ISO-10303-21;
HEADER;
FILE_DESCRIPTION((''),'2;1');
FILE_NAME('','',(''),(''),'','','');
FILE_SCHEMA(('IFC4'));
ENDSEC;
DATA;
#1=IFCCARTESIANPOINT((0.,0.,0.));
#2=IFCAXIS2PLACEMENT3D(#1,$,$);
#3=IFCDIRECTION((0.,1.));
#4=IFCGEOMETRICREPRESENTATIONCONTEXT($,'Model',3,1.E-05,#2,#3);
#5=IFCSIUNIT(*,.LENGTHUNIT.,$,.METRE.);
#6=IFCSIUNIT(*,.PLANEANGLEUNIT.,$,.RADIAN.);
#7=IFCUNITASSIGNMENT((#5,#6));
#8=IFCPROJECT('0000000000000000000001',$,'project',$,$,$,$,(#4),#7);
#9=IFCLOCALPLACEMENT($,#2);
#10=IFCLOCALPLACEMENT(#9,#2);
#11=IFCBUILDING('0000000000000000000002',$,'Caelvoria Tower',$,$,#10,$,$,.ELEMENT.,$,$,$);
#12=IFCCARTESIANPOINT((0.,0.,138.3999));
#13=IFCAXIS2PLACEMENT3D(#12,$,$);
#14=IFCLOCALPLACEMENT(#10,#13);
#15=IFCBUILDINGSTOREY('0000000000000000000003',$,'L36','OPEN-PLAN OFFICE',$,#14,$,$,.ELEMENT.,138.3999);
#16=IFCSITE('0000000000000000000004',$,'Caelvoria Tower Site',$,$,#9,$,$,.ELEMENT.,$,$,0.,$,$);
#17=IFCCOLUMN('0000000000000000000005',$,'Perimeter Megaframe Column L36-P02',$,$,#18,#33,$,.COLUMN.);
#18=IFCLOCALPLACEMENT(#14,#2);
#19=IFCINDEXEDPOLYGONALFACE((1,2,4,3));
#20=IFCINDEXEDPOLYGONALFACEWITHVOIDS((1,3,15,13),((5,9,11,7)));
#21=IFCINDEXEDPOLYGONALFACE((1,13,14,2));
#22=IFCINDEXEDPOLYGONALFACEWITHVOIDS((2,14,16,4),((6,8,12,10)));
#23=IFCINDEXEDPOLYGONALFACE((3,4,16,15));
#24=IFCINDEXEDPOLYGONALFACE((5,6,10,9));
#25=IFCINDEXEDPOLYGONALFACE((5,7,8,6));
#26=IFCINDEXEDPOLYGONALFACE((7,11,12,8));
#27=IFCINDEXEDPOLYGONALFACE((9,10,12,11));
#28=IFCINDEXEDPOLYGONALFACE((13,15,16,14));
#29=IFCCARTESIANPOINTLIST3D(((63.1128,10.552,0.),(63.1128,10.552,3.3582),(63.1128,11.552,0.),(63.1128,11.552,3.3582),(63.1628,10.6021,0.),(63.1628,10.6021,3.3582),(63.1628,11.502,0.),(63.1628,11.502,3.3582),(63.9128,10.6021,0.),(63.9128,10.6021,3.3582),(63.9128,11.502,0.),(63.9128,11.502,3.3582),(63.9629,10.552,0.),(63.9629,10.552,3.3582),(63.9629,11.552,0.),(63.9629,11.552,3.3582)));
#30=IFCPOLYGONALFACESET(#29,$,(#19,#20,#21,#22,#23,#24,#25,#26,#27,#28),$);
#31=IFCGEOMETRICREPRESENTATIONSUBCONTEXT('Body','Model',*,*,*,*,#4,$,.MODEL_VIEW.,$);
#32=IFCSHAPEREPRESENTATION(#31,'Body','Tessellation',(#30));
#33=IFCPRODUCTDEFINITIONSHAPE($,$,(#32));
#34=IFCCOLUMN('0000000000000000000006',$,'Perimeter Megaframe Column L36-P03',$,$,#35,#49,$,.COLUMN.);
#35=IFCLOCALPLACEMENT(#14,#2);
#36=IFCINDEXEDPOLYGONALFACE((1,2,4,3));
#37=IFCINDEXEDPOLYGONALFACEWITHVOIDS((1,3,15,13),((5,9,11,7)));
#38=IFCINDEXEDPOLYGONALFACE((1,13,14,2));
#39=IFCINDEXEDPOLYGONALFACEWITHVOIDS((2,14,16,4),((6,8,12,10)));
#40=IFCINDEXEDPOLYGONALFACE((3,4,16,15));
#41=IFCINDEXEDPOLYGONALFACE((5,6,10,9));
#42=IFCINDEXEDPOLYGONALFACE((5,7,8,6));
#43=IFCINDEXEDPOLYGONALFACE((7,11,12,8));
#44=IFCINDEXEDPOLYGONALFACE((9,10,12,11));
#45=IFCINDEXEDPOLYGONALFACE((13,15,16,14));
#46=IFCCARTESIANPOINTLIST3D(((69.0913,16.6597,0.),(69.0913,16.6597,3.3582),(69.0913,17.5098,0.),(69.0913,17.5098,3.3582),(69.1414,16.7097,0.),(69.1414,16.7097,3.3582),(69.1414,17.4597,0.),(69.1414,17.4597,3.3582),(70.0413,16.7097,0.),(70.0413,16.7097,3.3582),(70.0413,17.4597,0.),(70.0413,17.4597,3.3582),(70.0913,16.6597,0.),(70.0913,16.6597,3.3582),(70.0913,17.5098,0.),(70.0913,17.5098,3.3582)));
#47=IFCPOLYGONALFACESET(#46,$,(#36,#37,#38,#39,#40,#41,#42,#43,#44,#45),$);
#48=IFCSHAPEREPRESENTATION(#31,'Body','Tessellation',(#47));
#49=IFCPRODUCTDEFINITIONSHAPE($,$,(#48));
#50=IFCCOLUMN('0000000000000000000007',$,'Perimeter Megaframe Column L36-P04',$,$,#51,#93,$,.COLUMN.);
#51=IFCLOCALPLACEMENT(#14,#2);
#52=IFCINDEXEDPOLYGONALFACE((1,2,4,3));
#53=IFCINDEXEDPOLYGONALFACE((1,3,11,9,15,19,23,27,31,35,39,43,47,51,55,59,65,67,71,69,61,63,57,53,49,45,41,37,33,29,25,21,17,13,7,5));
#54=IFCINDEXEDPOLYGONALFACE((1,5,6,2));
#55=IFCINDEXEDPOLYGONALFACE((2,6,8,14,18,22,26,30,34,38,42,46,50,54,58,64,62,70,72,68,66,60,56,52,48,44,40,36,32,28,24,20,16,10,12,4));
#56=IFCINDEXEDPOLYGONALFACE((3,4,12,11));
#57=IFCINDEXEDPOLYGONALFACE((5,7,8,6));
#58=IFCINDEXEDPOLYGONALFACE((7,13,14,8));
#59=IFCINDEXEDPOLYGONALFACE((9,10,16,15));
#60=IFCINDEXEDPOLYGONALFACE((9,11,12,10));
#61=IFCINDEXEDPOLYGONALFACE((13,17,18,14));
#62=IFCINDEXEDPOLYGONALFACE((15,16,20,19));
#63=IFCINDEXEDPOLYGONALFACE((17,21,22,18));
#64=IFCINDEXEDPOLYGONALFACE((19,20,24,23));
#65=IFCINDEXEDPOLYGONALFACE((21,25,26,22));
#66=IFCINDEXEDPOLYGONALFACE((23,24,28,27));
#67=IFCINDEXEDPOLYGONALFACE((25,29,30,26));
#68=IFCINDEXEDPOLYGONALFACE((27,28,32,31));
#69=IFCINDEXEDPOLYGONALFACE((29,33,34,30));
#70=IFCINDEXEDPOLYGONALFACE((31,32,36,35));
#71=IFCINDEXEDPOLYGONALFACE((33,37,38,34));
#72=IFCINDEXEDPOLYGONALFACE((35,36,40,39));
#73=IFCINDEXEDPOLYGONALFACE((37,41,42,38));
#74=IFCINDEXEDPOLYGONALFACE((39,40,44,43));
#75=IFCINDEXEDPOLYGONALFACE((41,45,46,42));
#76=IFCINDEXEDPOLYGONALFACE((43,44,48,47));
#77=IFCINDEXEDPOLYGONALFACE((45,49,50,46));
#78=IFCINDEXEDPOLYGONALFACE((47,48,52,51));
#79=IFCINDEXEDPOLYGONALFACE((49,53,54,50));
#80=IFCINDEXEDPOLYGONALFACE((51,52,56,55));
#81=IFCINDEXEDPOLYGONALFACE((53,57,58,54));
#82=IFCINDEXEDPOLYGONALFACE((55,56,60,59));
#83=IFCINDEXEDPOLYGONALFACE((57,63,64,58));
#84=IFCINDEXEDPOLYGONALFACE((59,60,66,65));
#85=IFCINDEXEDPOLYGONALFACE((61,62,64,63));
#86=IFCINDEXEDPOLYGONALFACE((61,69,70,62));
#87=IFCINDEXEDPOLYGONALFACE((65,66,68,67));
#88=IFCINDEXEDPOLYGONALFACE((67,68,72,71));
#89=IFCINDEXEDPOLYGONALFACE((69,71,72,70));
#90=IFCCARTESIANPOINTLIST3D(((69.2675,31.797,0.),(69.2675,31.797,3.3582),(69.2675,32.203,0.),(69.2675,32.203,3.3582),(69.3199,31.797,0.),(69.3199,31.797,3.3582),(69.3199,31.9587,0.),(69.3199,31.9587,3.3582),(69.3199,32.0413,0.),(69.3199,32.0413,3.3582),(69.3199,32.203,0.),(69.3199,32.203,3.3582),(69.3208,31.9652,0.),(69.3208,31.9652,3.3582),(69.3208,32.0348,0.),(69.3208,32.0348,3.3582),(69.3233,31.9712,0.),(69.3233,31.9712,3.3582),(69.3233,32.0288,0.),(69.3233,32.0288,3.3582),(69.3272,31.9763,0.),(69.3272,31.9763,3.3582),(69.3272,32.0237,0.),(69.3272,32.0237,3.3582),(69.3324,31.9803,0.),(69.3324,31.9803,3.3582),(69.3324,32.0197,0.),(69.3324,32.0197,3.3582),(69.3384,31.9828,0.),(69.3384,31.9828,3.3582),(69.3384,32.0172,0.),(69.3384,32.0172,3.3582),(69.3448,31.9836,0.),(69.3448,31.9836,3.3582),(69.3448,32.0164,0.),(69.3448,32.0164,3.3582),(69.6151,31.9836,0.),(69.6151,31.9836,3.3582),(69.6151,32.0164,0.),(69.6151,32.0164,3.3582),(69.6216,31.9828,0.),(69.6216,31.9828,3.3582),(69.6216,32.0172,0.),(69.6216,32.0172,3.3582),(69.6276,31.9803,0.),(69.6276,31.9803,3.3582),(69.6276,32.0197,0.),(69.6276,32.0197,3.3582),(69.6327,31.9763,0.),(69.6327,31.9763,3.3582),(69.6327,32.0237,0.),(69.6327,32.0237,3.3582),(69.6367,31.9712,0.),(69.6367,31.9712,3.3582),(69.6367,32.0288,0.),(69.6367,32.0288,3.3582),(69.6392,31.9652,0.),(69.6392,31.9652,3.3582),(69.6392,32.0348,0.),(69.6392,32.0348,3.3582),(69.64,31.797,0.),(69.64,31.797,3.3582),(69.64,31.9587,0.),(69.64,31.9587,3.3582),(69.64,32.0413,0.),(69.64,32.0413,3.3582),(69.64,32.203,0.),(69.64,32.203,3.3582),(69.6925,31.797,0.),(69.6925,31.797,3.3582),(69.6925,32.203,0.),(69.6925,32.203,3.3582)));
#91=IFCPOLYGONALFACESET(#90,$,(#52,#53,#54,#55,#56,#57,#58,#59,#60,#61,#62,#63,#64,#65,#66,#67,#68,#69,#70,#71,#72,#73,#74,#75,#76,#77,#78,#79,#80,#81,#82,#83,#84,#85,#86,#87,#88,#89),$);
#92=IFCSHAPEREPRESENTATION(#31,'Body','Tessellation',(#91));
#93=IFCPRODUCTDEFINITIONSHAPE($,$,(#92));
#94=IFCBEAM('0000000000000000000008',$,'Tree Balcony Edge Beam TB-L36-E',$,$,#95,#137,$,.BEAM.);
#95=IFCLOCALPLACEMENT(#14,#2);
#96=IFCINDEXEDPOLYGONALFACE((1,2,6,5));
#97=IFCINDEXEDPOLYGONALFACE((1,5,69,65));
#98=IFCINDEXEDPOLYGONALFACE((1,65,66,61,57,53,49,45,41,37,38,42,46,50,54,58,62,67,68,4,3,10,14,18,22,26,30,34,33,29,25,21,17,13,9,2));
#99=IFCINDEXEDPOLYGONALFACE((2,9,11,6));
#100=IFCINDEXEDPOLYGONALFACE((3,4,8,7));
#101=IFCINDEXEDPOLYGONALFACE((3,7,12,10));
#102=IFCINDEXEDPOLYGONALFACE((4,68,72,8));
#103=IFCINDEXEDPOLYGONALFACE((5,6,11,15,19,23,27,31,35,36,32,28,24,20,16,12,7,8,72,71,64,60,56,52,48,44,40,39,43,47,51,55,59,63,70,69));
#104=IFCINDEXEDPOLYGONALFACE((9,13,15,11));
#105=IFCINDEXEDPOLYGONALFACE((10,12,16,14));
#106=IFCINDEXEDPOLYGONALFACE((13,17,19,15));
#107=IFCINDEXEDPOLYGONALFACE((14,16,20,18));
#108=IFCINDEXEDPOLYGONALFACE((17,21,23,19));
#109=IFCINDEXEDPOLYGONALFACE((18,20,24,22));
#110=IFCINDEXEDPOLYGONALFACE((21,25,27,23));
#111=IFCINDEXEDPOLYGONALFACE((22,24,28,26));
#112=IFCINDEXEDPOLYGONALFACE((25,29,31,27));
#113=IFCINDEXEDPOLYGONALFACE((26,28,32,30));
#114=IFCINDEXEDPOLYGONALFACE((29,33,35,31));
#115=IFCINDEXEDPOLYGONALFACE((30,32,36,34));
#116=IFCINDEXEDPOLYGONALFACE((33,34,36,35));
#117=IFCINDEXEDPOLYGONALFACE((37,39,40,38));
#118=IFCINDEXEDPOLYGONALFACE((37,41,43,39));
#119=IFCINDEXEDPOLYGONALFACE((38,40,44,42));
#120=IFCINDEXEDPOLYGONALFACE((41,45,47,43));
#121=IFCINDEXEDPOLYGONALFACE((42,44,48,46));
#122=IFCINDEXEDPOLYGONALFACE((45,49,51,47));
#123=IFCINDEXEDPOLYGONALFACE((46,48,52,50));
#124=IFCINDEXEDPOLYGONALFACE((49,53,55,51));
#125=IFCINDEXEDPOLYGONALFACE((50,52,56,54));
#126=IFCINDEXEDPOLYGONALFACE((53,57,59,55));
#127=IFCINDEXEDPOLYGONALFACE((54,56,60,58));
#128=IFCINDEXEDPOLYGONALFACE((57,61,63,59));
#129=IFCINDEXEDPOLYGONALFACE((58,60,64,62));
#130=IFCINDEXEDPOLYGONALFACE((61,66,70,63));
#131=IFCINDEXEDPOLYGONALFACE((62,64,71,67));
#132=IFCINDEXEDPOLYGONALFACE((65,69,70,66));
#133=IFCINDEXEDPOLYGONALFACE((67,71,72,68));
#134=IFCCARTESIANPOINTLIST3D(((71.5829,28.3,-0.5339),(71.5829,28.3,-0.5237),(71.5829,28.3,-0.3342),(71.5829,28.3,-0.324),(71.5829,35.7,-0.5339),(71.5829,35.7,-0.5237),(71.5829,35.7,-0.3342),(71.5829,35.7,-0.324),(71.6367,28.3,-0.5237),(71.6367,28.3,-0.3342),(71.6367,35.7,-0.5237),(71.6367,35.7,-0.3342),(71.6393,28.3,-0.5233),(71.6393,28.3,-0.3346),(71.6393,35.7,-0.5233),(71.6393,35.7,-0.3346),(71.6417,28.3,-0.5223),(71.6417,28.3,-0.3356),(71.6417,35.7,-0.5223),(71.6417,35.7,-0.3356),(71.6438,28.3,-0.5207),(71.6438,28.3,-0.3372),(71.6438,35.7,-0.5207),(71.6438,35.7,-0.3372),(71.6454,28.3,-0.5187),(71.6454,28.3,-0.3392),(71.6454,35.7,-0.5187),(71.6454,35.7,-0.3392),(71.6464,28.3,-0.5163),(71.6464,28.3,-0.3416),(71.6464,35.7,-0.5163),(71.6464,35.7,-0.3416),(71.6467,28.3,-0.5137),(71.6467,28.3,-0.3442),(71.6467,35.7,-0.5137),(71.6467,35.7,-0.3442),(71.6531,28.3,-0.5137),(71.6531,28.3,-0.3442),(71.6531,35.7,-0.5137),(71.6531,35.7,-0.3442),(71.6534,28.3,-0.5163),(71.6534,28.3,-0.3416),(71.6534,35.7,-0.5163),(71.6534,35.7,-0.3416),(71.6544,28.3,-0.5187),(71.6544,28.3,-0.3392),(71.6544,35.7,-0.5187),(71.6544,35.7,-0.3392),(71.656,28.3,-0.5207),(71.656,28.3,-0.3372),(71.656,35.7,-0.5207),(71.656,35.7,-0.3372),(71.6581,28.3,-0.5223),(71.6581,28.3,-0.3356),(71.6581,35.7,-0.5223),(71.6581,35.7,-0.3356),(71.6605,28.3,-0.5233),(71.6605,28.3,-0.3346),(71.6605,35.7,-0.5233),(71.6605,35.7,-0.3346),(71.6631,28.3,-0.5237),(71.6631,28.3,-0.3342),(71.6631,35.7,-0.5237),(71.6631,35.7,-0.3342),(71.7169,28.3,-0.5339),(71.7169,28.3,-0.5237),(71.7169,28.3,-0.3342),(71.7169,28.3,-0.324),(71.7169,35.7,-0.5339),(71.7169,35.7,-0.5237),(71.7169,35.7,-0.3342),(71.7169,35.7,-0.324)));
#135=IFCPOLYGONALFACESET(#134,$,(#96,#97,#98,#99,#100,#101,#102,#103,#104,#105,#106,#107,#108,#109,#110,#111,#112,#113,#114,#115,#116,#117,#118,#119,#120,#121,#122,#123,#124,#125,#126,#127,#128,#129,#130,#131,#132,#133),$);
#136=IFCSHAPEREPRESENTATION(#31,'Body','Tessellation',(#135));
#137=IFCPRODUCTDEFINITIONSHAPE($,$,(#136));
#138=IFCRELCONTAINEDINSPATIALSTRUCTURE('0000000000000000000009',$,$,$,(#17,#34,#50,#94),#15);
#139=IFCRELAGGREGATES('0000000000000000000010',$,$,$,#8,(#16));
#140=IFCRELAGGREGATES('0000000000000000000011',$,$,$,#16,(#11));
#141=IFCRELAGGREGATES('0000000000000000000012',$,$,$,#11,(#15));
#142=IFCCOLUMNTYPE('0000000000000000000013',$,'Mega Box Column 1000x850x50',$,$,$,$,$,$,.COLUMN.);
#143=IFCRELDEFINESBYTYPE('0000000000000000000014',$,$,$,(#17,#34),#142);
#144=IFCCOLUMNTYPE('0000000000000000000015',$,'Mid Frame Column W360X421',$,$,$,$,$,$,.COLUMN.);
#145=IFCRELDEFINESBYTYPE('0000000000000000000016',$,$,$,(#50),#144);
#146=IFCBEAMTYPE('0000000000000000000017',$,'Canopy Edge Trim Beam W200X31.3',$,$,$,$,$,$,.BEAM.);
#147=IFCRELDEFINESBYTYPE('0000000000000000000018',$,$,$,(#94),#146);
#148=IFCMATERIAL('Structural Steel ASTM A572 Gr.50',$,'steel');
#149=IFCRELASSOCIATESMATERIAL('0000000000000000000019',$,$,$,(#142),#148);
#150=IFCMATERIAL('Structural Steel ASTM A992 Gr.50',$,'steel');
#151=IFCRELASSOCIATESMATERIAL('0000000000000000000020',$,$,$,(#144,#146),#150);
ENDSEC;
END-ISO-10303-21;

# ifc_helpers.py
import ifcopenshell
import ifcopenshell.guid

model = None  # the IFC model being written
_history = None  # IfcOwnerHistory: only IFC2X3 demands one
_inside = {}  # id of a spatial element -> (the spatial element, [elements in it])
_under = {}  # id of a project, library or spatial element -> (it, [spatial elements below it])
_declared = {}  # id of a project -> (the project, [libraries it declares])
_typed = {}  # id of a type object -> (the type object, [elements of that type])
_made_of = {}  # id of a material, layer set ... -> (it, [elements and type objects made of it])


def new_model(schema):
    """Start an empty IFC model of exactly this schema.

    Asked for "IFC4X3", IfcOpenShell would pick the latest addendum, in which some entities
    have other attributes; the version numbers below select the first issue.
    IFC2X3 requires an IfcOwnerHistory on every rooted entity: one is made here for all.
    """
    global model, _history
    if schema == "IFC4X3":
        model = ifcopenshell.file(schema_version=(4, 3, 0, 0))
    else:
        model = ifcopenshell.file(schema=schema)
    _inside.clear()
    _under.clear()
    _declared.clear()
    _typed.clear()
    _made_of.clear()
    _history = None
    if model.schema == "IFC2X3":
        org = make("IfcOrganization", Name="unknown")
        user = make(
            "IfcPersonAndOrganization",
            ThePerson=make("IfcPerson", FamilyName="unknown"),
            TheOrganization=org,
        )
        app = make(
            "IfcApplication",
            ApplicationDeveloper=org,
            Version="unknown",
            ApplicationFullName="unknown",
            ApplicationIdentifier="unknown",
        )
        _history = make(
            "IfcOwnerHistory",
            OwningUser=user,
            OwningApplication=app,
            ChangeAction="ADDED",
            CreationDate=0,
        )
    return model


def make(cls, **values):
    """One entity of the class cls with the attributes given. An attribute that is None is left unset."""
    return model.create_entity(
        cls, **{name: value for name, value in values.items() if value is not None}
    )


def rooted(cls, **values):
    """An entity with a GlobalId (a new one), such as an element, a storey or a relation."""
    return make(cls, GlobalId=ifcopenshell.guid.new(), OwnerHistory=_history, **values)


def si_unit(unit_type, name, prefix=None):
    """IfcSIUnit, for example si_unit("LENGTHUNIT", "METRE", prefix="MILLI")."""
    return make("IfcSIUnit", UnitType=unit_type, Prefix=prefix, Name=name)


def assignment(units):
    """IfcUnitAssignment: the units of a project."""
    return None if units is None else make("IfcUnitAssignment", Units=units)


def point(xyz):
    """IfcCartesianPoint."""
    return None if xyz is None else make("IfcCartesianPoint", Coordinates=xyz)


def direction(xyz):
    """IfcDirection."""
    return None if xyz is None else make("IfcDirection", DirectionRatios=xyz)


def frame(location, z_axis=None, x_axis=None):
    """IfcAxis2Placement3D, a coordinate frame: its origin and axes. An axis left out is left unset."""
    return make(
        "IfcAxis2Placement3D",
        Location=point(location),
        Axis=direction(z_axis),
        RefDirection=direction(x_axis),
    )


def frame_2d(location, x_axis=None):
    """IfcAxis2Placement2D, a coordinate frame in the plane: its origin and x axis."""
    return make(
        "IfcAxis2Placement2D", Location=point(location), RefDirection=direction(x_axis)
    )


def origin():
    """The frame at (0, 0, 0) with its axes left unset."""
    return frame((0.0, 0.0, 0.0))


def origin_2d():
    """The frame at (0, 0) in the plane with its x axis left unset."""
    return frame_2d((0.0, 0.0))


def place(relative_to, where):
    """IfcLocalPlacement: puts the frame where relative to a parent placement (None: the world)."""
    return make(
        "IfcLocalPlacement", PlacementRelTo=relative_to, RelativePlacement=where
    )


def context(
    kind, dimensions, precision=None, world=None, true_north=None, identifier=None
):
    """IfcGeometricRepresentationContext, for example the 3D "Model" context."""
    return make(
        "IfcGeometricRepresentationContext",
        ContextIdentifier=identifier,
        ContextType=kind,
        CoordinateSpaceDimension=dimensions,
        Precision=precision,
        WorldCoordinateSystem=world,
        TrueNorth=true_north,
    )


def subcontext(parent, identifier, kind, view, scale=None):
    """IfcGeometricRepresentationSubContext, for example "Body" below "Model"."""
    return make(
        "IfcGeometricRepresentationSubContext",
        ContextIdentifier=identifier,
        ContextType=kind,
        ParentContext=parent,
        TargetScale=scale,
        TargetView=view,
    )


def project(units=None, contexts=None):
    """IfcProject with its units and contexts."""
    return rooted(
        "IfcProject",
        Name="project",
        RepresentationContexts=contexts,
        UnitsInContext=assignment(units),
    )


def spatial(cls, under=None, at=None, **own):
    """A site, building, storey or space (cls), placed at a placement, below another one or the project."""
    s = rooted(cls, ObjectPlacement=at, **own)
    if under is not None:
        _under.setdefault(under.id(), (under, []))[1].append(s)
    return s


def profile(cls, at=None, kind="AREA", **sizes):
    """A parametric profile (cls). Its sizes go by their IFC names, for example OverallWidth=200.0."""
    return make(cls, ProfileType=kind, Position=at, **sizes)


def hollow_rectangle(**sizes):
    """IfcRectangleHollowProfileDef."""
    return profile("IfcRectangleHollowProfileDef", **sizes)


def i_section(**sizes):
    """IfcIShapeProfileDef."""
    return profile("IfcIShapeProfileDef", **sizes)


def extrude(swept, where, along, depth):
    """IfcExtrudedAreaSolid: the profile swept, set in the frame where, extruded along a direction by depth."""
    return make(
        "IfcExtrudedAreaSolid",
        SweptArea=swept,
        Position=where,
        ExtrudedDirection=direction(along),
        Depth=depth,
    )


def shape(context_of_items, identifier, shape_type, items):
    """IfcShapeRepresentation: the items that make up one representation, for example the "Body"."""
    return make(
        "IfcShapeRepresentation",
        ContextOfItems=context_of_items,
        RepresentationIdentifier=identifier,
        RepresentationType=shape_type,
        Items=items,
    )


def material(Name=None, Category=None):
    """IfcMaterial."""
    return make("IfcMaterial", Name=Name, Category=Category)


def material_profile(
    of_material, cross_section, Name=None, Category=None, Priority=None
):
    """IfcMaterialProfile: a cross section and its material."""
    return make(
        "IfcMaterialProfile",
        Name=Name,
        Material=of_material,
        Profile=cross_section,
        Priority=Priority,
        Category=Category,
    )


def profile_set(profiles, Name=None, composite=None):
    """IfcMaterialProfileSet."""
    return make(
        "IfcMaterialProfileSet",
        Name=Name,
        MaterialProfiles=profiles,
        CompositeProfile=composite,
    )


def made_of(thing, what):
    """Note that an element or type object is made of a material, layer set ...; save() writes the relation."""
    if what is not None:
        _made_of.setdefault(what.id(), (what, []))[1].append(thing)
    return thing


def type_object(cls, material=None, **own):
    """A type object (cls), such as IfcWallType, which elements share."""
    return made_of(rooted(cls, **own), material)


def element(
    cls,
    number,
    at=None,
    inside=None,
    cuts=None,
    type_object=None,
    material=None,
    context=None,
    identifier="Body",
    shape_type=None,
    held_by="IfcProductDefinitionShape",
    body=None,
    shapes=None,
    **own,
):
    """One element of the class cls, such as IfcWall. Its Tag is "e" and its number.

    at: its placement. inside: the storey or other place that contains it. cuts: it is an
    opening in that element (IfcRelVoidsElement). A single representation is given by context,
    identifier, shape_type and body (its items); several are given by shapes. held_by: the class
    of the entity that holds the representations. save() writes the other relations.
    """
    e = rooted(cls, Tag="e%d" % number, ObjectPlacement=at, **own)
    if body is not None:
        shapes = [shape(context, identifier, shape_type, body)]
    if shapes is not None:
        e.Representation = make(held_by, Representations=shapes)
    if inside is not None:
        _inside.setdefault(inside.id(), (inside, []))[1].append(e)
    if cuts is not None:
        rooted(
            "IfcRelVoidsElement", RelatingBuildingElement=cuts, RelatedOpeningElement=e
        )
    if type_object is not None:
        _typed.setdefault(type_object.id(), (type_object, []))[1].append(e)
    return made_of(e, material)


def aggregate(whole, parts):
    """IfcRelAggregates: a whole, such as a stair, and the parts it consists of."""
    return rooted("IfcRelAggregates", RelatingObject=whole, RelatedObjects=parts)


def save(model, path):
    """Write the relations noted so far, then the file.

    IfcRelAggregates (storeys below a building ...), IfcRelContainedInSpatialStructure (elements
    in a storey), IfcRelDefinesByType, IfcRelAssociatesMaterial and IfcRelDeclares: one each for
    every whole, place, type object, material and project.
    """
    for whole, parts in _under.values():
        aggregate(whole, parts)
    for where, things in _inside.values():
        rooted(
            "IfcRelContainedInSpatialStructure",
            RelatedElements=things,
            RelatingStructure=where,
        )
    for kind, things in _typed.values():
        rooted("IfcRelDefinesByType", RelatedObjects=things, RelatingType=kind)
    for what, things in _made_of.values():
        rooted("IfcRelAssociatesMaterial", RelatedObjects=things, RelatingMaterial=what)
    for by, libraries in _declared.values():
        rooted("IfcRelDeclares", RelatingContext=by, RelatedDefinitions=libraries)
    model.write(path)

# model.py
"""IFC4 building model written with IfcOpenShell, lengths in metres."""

from ifc_helpers import new_model, si_unit, direction, frame, origin, origin_2d, place, context, subcontext, project, spatial, hollow_rectangle, i_section, extrude, material, material_profile, profile_set, type_object, element, save


model = new_model("IFC4")

# Units and contexts
model_context = context("Model", 3, precision=1e-05, world=origin(), true_north=direction((0.0, 1.0)))
body_context = subcontext(model_context, "Body", "Model", "MODEL_VIEW")
ifc_project = project(units=[si_unit("LENGTHUNIT", "METRE"), si_unit("PLANEANGLEUNIT", "RADIAN")], contexts=[model_context])

# Site, building, storey
site_placement = place(None, origin())
site = spatial("IfcSite", under=ifc_project, at=site_placement, Name="Caelvoria Tower Site", CompositionType="ELEMENT", RefElevation=0.0)
building_placement = place(site_placement, origin())
building = spatial("IfcBuilding", under=site, at=building_placement, Name="Caelvoria Tower", CompositionType="ELEMENT")
storey_placement = place(building_placement, frame((0.0, 0.0, 138.3999)))
storey = spatial("IfcBuildingStorey", under=building, at=storey_placement, Name="L36", Description="OPEN-PLAN OFFICE", CompositionType="ELEMENT", Elevation=138.3999)

# Columns
ifc_material_1 = material(Name="Structural Steel ASTM A572 Gr.50", Category="steel")
ifc_material_profile_1 = material_profile(ifc_material_1, hollow_rectangle(XDim=0.8501, YDim=1.0, WallThickness=0.05, at=origin_2d()), Name="Structural Steel ASTM A572 Gr.50")
ifc_profile_set_1 = profile_set([ifc_material_profile_1], Name="BOX1000X850X50 - Structural Steel ASTM A572 Gr.50")
column_type_1 = type_object("IfcColumnType", Name="Mega Box Column 1000x850x50", PredefinedType="COLUMN", material=ifc_profile_set_1)
for number, where, z_axis, x_axis, name in (
    (1, (63.5378, 11.052, 0.0), (0.0, 0.0, 1.0), (1.0, 0.0, 0.0), "Perimeter Megaframe Column L36-P02"),
    (2, (69.5913, 17.0847, 0.0), (0.0, 0.0, 1.0), (0.0, 1.0, 0.0), "Perimeter Megaframe Column L36-P03"),
):
    element("IfcColumn", number, at=place(storey_placement, frame(where, z_axis=z_axis, x_axis=x_axis)), inside=storey, type_object=column_type_1, Name=name, PredefinedType="COLUMN", context=body_context, shape_type="SweptSolid", body=[
        extrude(hollow_rectangle(XDim=0.8501, YDim=1.0, WallThickness=0.05, at=origin_2d()), origin(), (0.0, 0.0, 1.0), 3.3582),
    ])
ifc_material_2 = material(Name="Structural Steel ASTM A992 Gr.50", Category="steel")
ifc_material_profile_2 = material_profile(ifc_material_2, i_section(OverallWidth=0.406, OverallDepth=0.425, WebThickness=0.0327, FlangeThickness=0.0525, FilletRadius=0.0249, at=origin_2d()), Name="Structural Steel ASTM A992 Gr.50")
ifc_profile_set_2 = profile_set([ifc_material_profile_2], Name="W360X421 - Structural Steel ASTM A992 Gr.50")
column_type_2 = type_object("IfcColumnType", Name="Mid Frame Column W360X421", PredefinedType="COLUMN", material=ifc_profile_set_2)
column_placement = place(storey_placement, frame((69.48, 32.0, 0.0), z_axis=(0.0, 0.0, 1.0), x_axis=(0.0, 1.0, 0.0)))
element("IfcColumn", 3, at=column_placement, inside=storey, type_object=column_type_2, Name="Perimeter Megaframe Column L36-P04", PredefinedType="COLUMN", context=body_context, shape_type="SweptSolid", body=[
    extrude(i_section(OverallWidth=0.406, OverallDepth=0.425, WebThickness=0.0327, FlangeThickness=0.0525, FilletRadius=0.0249, at=origin_2d()), origin(), (0.0, 0.0, 1.0), 3.3582),
])

# Beam
ifc_material_profile_3 = material_profile(ifc_material_2, i_section(OverallWidth=0.134, OverallDepth=0.21, WebThickness=0.0063, FlangeThickness=0.0103, FilletRadius=0.01, at=origin_2d()), Name="Structural Steel ASTM A992 Gr.50")
ifc_profile_set_3 = profile_set([ifc_material_profile_3], Name="W200X31.3 - Structural Steel ASTM A992 Gr.50")
beam_type_1 = type_object("IfcBeamType", Name="Canopy Edge Trim Beam W200X31.3", PredefinedType="BEAM", material=ifc_profile_set_3)
beam_1_placement = place(storey_placement, frame((71.6499, 28.3, -0.429), z_axis=(0.0, 1.0, 0.0), x_axis=(-1.0, 0.0, 0.0)))
element("IfcBeam", 4, at=beam_1_placement, inside=storey, type_object=beam_type_1, Name="Tree Balcony Edge Beam TB-L36-E", PredefinedType="BEAM", context=body_context, shape_type="SweptSolid", body=[
    extrude(i_section(OverallWidth=0.134, OverallDepth=0.21, WebThickness=0.0063, FlangeThickness=0.0103, FilletRadius=0.01, at=origin_2d()), origin(), (0.0, 0.0, 1.0), 7.3999),
])

save(model, "model.ifc")
